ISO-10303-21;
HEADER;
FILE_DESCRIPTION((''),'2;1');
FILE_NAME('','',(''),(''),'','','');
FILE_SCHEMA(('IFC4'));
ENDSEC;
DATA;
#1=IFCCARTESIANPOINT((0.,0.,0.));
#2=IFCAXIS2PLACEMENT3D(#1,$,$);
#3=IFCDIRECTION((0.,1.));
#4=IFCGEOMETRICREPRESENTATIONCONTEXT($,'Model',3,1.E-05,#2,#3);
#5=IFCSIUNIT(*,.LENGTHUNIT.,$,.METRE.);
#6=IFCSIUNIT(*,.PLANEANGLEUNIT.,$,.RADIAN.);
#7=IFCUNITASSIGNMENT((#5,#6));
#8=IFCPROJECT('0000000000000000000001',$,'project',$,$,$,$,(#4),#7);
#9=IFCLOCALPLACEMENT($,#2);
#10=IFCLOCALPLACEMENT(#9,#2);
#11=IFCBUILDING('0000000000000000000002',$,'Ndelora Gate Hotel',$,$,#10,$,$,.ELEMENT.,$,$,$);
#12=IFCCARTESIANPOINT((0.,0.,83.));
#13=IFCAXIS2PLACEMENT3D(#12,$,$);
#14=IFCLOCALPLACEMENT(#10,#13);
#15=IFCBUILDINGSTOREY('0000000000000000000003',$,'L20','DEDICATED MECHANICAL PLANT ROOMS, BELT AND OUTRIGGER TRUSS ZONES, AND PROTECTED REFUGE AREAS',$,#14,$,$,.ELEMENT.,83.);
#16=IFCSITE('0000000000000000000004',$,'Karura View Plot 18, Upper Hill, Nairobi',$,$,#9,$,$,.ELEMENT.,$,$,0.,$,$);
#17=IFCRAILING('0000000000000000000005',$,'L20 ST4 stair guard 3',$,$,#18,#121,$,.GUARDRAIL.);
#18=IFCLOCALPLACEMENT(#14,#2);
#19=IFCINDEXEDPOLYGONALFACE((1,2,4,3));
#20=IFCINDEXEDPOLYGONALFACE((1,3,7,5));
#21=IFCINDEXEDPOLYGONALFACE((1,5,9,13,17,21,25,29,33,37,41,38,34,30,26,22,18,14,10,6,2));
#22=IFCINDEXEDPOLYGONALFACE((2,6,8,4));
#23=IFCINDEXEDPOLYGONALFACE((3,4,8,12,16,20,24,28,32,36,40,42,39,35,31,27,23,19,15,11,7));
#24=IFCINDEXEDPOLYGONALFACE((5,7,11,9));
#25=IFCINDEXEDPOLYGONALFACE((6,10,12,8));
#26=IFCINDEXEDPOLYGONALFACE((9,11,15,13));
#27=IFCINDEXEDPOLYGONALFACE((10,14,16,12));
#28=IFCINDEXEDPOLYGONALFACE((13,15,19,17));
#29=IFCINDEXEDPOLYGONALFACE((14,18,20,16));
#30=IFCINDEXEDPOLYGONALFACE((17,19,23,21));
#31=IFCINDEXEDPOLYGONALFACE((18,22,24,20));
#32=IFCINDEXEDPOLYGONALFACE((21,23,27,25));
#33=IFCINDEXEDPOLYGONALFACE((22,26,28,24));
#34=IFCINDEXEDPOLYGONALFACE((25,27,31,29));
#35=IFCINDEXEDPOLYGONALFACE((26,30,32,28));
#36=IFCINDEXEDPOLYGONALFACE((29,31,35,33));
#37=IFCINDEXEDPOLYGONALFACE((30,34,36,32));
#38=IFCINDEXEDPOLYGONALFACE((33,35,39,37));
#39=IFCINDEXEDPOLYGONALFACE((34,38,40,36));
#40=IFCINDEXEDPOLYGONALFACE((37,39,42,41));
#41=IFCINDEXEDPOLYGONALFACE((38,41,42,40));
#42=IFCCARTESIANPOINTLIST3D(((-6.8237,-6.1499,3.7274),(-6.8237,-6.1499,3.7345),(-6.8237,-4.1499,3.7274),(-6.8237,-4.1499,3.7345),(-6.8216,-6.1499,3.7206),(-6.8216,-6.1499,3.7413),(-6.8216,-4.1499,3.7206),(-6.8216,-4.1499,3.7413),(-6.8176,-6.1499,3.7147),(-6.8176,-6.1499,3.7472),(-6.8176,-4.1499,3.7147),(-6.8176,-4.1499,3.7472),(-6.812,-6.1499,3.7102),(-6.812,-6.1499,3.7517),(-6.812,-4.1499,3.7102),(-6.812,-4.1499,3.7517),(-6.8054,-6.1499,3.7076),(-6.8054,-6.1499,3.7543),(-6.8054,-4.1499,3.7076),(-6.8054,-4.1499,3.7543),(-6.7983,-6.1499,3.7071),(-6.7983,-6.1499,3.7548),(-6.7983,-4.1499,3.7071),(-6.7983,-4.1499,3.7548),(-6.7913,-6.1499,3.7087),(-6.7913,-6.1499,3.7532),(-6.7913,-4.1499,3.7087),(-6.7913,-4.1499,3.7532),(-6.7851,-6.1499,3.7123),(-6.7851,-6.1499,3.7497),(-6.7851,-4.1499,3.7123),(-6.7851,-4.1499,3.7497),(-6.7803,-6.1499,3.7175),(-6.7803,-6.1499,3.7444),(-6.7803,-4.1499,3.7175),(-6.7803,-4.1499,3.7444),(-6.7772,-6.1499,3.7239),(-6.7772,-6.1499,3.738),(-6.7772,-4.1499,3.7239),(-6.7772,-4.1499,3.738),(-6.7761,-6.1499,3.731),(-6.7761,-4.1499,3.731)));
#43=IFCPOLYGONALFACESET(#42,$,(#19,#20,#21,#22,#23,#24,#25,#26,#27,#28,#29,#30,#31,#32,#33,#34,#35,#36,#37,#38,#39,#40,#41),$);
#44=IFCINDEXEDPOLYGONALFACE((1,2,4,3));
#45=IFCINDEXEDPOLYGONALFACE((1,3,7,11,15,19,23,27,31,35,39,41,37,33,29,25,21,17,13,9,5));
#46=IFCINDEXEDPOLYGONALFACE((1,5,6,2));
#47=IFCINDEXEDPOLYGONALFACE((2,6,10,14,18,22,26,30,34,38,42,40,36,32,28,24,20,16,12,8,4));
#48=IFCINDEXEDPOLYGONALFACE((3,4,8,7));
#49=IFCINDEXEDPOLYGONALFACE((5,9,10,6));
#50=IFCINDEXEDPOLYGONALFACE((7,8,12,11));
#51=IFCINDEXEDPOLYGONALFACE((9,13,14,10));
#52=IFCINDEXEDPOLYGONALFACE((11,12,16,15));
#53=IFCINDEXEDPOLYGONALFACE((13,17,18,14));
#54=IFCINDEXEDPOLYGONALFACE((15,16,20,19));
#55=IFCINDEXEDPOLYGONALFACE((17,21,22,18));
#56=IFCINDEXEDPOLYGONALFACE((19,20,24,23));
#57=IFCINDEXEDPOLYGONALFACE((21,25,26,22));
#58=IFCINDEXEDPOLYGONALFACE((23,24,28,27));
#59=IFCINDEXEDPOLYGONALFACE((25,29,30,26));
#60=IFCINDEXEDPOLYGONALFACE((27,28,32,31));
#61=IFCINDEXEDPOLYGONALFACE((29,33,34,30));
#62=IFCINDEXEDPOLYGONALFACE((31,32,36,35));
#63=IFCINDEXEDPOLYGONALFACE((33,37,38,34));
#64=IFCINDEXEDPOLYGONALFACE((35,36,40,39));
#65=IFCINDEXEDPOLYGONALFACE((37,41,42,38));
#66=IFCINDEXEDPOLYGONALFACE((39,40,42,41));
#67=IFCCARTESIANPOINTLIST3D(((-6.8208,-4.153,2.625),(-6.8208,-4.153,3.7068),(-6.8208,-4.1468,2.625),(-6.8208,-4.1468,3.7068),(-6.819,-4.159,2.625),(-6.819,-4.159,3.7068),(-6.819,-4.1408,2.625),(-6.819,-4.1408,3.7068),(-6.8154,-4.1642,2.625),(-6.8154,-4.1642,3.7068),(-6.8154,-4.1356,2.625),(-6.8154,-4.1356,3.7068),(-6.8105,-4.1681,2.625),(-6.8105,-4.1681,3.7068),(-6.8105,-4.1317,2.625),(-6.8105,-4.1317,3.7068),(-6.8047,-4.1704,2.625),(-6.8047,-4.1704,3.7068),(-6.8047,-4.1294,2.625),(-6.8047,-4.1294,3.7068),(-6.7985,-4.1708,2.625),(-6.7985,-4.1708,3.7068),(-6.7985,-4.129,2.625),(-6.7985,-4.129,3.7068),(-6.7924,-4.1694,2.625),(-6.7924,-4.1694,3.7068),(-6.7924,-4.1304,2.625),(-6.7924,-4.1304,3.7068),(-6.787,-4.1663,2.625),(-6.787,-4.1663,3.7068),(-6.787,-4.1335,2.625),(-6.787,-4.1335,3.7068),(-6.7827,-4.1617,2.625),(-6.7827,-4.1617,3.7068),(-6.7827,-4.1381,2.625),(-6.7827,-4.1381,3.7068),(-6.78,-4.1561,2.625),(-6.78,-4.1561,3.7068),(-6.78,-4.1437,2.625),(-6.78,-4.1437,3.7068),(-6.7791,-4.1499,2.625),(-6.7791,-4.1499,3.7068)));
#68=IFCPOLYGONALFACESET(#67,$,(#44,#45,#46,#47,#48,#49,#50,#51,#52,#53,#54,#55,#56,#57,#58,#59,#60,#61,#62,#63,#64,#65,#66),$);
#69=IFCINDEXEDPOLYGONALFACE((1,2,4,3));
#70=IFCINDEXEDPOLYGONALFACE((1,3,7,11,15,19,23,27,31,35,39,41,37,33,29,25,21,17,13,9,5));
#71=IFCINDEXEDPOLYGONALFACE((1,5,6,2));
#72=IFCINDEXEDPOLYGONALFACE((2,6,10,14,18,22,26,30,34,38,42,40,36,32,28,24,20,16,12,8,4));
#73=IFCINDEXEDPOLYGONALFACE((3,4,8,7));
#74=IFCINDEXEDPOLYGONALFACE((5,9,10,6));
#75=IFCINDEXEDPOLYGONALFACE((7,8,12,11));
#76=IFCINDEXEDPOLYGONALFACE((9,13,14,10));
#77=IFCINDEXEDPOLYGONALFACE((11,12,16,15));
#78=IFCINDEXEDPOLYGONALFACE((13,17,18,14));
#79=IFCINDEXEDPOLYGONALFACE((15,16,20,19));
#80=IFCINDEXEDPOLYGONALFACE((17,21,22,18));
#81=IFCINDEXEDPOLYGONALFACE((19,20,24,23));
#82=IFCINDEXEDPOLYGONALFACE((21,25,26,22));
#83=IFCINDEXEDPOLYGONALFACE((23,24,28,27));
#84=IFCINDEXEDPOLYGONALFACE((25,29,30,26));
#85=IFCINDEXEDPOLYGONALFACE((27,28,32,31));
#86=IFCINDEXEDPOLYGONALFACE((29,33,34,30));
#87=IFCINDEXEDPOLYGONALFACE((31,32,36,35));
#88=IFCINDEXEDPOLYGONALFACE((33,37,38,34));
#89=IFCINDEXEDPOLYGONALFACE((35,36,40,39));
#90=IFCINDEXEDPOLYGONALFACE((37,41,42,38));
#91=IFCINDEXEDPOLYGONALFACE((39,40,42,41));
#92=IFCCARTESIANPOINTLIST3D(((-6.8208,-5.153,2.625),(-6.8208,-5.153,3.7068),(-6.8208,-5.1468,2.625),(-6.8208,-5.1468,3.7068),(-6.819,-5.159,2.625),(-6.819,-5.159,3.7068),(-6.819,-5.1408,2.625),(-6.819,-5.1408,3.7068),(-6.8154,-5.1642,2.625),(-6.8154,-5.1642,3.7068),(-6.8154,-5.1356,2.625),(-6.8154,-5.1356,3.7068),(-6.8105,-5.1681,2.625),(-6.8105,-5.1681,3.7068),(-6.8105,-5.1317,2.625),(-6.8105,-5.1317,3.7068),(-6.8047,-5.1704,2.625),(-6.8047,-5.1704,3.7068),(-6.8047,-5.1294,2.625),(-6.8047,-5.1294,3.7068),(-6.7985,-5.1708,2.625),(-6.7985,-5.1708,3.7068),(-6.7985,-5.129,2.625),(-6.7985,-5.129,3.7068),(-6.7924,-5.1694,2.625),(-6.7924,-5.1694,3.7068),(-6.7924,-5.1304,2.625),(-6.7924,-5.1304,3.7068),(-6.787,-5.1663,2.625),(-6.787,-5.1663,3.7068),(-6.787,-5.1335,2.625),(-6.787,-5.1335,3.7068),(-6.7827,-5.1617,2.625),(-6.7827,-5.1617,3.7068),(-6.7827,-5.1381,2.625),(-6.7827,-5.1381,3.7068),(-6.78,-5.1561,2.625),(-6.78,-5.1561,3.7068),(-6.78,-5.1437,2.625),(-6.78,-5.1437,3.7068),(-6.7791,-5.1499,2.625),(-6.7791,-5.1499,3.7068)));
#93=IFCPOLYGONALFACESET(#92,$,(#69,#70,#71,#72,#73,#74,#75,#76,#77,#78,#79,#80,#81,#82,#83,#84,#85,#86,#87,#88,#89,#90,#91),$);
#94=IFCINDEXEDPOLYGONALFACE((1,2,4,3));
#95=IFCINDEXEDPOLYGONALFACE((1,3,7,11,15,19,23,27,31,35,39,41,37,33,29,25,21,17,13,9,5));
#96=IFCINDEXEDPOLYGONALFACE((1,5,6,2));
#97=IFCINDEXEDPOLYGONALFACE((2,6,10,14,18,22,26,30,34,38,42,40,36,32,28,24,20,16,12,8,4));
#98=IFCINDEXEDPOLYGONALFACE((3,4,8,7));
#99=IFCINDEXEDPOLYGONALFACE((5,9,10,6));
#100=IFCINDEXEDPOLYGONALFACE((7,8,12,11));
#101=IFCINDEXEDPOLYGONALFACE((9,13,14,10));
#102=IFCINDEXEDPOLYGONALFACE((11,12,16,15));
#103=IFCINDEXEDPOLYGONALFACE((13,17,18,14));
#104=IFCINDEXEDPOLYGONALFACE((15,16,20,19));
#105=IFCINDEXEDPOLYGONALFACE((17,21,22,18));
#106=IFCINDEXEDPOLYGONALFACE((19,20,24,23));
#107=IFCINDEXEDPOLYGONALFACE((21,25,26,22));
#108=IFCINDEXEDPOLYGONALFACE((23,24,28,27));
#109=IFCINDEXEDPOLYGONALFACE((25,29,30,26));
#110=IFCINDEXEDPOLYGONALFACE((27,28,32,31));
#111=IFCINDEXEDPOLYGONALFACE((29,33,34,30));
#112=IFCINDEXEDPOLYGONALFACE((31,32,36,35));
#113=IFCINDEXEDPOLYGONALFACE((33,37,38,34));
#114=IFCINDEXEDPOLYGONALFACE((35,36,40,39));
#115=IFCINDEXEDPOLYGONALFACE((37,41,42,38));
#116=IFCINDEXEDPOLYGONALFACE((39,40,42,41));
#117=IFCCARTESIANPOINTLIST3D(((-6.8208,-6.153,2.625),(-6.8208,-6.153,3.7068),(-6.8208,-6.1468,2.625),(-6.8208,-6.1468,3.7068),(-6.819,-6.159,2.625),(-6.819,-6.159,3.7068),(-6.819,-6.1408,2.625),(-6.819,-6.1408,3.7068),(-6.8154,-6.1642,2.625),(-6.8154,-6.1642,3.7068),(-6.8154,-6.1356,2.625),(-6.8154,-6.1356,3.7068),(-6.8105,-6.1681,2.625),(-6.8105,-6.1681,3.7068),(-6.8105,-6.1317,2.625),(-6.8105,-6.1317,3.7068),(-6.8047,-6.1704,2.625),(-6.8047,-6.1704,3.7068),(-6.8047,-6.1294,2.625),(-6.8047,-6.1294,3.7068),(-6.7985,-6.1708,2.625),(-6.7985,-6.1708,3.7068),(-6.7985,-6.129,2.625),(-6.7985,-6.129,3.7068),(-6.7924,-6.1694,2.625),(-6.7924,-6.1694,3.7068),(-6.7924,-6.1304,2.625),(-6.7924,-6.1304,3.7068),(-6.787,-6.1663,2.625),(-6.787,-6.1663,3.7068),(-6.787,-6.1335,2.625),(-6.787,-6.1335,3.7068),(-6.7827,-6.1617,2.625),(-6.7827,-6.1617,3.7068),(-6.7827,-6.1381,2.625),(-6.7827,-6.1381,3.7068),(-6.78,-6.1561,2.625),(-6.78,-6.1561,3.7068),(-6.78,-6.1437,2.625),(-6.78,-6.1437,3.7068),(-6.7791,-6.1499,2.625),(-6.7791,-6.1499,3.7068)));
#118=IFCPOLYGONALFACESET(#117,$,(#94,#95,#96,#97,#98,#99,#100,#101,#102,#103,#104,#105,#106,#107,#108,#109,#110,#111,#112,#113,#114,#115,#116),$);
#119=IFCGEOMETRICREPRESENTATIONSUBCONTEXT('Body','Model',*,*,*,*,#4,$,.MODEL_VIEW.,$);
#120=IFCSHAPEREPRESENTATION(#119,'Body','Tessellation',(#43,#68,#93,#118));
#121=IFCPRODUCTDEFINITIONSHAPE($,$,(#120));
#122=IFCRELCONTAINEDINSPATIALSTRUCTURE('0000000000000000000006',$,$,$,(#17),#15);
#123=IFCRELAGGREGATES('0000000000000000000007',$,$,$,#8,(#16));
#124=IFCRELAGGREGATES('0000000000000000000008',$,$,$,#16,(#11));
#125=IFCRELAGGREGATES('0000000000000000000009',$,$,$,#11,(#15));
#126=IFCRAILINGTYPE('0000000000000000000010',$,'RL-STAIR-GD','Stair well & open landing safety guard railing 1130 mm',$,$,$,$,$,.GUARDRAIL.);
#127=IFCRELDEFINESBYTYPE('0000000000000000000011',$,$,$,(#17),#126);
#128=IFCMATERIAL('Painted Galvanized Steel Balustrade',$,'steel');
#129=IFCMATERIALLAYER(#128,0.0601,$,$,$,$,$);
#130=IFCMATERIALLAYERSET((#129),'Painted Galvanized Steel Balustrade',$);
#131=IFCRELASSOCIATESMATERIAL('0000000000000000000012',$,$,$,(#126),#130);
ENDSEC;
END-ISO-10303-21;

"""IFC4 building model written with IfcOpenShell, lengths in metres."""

from ifc_helpers import new_model, si_unit, direction, frame, origin, origin_2d, place, context, subcontext, project, spatial, circle, extrude, material, layer, layer_set, type_object, element, save


model = new_model("IFC4")

# Units and contexts
model_context = context("Model", 3, precision=1e-05, world=origin(), true_north=direction((0.0, 1.0)))
body_context = subcontext(model_context, "Body", "Model", "MODEL_VIEW")
ifc_project = project(units=[si_unit("LENGTHUNIT", "METRE"), si_unit("PLANEANGLEUNIT", "RADIAN")], contexts=[model_context])

# Site, building, storey
site_placement = place(None, origin())
site = spatial("IfcSite", under=ifc_project, at=site_placement, Name="Karura View Plot 18, Upper Hill, Nairobi", CompositionType="ELEMENT", RefElevation=0.0)
building_placement = place(site_placement, origin())
building = spatial("IfcBuilding", under=site, at=building_placement, Name="Ndelora Gate Hotel", CompositionType="ELEMENT")
storey_placement = place(building_placement, frame((0.0, 0.0, 83.0)))
storey = spatial("IfcBuildingStorey", under=building, at=storey_placement, Name="L20", Description="DEDICATED MECHANICAL PLANT ROOMS, BELT AND OUTRIGGER TRUSS ZONES, AND PROTECTED REFUGE AREAS", CompositionType="ELEMENT", Elevation=83.0)

# Railing
ifc_material_1 = material(Name="Painted Galvanized Steel Balustrade", Category="steel")
ifc_layer_1 = layer(ifc_material_1, 0.0601)
ifc_layer_set_1 = layer_set([ifc_layer_1], Name="Painted Galvanized Steel Balustrade")
railing_type_1 = type_object("IfcRailingType", Name="RL-STAIR-GD", Description="Stair well & open landing safety guard railing 1130 mm", PredefinedType="GUARDRAIL", material=ifc_layer_set_1)
for number, where, name in (
    (1, (-6.8, -4.1499, 2.625), "L20 ST4 stair guard 3"),
):
    element("IfcRailing", number, at=place(storey_placement, frame(where)), inside=storey, type_object=railing_type_1, Name=name, PredefinedType="GUARDRAIL", context=body_context, shape_type="SweptSolid", body=[
        extrude(circle(Radius=0.0239, at=origin_2d()), frame((0.0, 0.0, 1.106), z_axis=(0.0, -1.0, 0.0), x_axis=(1.0, 0.0, 0.0)), (0.0, 0.0, 1.0), 2.0),
        extrude(circle(Radius=0.021, at=origin_2d()), origin(), (0.0, 0.0, 1.0), 1.0818),
        extrude(circle(Radius=0.021, at=origin_2d()), frame((0.0, -1.0, 0.0)), (0.0, 0.0, 1.0), 1.0818),
        extrude(circle(Radius=0.021, at=origin_2d()), frame((0.0, -2.0, 0.0)), (0.0, 0.0, 1.0), 1.0818),
    ])

save(model, "model.ifc")
